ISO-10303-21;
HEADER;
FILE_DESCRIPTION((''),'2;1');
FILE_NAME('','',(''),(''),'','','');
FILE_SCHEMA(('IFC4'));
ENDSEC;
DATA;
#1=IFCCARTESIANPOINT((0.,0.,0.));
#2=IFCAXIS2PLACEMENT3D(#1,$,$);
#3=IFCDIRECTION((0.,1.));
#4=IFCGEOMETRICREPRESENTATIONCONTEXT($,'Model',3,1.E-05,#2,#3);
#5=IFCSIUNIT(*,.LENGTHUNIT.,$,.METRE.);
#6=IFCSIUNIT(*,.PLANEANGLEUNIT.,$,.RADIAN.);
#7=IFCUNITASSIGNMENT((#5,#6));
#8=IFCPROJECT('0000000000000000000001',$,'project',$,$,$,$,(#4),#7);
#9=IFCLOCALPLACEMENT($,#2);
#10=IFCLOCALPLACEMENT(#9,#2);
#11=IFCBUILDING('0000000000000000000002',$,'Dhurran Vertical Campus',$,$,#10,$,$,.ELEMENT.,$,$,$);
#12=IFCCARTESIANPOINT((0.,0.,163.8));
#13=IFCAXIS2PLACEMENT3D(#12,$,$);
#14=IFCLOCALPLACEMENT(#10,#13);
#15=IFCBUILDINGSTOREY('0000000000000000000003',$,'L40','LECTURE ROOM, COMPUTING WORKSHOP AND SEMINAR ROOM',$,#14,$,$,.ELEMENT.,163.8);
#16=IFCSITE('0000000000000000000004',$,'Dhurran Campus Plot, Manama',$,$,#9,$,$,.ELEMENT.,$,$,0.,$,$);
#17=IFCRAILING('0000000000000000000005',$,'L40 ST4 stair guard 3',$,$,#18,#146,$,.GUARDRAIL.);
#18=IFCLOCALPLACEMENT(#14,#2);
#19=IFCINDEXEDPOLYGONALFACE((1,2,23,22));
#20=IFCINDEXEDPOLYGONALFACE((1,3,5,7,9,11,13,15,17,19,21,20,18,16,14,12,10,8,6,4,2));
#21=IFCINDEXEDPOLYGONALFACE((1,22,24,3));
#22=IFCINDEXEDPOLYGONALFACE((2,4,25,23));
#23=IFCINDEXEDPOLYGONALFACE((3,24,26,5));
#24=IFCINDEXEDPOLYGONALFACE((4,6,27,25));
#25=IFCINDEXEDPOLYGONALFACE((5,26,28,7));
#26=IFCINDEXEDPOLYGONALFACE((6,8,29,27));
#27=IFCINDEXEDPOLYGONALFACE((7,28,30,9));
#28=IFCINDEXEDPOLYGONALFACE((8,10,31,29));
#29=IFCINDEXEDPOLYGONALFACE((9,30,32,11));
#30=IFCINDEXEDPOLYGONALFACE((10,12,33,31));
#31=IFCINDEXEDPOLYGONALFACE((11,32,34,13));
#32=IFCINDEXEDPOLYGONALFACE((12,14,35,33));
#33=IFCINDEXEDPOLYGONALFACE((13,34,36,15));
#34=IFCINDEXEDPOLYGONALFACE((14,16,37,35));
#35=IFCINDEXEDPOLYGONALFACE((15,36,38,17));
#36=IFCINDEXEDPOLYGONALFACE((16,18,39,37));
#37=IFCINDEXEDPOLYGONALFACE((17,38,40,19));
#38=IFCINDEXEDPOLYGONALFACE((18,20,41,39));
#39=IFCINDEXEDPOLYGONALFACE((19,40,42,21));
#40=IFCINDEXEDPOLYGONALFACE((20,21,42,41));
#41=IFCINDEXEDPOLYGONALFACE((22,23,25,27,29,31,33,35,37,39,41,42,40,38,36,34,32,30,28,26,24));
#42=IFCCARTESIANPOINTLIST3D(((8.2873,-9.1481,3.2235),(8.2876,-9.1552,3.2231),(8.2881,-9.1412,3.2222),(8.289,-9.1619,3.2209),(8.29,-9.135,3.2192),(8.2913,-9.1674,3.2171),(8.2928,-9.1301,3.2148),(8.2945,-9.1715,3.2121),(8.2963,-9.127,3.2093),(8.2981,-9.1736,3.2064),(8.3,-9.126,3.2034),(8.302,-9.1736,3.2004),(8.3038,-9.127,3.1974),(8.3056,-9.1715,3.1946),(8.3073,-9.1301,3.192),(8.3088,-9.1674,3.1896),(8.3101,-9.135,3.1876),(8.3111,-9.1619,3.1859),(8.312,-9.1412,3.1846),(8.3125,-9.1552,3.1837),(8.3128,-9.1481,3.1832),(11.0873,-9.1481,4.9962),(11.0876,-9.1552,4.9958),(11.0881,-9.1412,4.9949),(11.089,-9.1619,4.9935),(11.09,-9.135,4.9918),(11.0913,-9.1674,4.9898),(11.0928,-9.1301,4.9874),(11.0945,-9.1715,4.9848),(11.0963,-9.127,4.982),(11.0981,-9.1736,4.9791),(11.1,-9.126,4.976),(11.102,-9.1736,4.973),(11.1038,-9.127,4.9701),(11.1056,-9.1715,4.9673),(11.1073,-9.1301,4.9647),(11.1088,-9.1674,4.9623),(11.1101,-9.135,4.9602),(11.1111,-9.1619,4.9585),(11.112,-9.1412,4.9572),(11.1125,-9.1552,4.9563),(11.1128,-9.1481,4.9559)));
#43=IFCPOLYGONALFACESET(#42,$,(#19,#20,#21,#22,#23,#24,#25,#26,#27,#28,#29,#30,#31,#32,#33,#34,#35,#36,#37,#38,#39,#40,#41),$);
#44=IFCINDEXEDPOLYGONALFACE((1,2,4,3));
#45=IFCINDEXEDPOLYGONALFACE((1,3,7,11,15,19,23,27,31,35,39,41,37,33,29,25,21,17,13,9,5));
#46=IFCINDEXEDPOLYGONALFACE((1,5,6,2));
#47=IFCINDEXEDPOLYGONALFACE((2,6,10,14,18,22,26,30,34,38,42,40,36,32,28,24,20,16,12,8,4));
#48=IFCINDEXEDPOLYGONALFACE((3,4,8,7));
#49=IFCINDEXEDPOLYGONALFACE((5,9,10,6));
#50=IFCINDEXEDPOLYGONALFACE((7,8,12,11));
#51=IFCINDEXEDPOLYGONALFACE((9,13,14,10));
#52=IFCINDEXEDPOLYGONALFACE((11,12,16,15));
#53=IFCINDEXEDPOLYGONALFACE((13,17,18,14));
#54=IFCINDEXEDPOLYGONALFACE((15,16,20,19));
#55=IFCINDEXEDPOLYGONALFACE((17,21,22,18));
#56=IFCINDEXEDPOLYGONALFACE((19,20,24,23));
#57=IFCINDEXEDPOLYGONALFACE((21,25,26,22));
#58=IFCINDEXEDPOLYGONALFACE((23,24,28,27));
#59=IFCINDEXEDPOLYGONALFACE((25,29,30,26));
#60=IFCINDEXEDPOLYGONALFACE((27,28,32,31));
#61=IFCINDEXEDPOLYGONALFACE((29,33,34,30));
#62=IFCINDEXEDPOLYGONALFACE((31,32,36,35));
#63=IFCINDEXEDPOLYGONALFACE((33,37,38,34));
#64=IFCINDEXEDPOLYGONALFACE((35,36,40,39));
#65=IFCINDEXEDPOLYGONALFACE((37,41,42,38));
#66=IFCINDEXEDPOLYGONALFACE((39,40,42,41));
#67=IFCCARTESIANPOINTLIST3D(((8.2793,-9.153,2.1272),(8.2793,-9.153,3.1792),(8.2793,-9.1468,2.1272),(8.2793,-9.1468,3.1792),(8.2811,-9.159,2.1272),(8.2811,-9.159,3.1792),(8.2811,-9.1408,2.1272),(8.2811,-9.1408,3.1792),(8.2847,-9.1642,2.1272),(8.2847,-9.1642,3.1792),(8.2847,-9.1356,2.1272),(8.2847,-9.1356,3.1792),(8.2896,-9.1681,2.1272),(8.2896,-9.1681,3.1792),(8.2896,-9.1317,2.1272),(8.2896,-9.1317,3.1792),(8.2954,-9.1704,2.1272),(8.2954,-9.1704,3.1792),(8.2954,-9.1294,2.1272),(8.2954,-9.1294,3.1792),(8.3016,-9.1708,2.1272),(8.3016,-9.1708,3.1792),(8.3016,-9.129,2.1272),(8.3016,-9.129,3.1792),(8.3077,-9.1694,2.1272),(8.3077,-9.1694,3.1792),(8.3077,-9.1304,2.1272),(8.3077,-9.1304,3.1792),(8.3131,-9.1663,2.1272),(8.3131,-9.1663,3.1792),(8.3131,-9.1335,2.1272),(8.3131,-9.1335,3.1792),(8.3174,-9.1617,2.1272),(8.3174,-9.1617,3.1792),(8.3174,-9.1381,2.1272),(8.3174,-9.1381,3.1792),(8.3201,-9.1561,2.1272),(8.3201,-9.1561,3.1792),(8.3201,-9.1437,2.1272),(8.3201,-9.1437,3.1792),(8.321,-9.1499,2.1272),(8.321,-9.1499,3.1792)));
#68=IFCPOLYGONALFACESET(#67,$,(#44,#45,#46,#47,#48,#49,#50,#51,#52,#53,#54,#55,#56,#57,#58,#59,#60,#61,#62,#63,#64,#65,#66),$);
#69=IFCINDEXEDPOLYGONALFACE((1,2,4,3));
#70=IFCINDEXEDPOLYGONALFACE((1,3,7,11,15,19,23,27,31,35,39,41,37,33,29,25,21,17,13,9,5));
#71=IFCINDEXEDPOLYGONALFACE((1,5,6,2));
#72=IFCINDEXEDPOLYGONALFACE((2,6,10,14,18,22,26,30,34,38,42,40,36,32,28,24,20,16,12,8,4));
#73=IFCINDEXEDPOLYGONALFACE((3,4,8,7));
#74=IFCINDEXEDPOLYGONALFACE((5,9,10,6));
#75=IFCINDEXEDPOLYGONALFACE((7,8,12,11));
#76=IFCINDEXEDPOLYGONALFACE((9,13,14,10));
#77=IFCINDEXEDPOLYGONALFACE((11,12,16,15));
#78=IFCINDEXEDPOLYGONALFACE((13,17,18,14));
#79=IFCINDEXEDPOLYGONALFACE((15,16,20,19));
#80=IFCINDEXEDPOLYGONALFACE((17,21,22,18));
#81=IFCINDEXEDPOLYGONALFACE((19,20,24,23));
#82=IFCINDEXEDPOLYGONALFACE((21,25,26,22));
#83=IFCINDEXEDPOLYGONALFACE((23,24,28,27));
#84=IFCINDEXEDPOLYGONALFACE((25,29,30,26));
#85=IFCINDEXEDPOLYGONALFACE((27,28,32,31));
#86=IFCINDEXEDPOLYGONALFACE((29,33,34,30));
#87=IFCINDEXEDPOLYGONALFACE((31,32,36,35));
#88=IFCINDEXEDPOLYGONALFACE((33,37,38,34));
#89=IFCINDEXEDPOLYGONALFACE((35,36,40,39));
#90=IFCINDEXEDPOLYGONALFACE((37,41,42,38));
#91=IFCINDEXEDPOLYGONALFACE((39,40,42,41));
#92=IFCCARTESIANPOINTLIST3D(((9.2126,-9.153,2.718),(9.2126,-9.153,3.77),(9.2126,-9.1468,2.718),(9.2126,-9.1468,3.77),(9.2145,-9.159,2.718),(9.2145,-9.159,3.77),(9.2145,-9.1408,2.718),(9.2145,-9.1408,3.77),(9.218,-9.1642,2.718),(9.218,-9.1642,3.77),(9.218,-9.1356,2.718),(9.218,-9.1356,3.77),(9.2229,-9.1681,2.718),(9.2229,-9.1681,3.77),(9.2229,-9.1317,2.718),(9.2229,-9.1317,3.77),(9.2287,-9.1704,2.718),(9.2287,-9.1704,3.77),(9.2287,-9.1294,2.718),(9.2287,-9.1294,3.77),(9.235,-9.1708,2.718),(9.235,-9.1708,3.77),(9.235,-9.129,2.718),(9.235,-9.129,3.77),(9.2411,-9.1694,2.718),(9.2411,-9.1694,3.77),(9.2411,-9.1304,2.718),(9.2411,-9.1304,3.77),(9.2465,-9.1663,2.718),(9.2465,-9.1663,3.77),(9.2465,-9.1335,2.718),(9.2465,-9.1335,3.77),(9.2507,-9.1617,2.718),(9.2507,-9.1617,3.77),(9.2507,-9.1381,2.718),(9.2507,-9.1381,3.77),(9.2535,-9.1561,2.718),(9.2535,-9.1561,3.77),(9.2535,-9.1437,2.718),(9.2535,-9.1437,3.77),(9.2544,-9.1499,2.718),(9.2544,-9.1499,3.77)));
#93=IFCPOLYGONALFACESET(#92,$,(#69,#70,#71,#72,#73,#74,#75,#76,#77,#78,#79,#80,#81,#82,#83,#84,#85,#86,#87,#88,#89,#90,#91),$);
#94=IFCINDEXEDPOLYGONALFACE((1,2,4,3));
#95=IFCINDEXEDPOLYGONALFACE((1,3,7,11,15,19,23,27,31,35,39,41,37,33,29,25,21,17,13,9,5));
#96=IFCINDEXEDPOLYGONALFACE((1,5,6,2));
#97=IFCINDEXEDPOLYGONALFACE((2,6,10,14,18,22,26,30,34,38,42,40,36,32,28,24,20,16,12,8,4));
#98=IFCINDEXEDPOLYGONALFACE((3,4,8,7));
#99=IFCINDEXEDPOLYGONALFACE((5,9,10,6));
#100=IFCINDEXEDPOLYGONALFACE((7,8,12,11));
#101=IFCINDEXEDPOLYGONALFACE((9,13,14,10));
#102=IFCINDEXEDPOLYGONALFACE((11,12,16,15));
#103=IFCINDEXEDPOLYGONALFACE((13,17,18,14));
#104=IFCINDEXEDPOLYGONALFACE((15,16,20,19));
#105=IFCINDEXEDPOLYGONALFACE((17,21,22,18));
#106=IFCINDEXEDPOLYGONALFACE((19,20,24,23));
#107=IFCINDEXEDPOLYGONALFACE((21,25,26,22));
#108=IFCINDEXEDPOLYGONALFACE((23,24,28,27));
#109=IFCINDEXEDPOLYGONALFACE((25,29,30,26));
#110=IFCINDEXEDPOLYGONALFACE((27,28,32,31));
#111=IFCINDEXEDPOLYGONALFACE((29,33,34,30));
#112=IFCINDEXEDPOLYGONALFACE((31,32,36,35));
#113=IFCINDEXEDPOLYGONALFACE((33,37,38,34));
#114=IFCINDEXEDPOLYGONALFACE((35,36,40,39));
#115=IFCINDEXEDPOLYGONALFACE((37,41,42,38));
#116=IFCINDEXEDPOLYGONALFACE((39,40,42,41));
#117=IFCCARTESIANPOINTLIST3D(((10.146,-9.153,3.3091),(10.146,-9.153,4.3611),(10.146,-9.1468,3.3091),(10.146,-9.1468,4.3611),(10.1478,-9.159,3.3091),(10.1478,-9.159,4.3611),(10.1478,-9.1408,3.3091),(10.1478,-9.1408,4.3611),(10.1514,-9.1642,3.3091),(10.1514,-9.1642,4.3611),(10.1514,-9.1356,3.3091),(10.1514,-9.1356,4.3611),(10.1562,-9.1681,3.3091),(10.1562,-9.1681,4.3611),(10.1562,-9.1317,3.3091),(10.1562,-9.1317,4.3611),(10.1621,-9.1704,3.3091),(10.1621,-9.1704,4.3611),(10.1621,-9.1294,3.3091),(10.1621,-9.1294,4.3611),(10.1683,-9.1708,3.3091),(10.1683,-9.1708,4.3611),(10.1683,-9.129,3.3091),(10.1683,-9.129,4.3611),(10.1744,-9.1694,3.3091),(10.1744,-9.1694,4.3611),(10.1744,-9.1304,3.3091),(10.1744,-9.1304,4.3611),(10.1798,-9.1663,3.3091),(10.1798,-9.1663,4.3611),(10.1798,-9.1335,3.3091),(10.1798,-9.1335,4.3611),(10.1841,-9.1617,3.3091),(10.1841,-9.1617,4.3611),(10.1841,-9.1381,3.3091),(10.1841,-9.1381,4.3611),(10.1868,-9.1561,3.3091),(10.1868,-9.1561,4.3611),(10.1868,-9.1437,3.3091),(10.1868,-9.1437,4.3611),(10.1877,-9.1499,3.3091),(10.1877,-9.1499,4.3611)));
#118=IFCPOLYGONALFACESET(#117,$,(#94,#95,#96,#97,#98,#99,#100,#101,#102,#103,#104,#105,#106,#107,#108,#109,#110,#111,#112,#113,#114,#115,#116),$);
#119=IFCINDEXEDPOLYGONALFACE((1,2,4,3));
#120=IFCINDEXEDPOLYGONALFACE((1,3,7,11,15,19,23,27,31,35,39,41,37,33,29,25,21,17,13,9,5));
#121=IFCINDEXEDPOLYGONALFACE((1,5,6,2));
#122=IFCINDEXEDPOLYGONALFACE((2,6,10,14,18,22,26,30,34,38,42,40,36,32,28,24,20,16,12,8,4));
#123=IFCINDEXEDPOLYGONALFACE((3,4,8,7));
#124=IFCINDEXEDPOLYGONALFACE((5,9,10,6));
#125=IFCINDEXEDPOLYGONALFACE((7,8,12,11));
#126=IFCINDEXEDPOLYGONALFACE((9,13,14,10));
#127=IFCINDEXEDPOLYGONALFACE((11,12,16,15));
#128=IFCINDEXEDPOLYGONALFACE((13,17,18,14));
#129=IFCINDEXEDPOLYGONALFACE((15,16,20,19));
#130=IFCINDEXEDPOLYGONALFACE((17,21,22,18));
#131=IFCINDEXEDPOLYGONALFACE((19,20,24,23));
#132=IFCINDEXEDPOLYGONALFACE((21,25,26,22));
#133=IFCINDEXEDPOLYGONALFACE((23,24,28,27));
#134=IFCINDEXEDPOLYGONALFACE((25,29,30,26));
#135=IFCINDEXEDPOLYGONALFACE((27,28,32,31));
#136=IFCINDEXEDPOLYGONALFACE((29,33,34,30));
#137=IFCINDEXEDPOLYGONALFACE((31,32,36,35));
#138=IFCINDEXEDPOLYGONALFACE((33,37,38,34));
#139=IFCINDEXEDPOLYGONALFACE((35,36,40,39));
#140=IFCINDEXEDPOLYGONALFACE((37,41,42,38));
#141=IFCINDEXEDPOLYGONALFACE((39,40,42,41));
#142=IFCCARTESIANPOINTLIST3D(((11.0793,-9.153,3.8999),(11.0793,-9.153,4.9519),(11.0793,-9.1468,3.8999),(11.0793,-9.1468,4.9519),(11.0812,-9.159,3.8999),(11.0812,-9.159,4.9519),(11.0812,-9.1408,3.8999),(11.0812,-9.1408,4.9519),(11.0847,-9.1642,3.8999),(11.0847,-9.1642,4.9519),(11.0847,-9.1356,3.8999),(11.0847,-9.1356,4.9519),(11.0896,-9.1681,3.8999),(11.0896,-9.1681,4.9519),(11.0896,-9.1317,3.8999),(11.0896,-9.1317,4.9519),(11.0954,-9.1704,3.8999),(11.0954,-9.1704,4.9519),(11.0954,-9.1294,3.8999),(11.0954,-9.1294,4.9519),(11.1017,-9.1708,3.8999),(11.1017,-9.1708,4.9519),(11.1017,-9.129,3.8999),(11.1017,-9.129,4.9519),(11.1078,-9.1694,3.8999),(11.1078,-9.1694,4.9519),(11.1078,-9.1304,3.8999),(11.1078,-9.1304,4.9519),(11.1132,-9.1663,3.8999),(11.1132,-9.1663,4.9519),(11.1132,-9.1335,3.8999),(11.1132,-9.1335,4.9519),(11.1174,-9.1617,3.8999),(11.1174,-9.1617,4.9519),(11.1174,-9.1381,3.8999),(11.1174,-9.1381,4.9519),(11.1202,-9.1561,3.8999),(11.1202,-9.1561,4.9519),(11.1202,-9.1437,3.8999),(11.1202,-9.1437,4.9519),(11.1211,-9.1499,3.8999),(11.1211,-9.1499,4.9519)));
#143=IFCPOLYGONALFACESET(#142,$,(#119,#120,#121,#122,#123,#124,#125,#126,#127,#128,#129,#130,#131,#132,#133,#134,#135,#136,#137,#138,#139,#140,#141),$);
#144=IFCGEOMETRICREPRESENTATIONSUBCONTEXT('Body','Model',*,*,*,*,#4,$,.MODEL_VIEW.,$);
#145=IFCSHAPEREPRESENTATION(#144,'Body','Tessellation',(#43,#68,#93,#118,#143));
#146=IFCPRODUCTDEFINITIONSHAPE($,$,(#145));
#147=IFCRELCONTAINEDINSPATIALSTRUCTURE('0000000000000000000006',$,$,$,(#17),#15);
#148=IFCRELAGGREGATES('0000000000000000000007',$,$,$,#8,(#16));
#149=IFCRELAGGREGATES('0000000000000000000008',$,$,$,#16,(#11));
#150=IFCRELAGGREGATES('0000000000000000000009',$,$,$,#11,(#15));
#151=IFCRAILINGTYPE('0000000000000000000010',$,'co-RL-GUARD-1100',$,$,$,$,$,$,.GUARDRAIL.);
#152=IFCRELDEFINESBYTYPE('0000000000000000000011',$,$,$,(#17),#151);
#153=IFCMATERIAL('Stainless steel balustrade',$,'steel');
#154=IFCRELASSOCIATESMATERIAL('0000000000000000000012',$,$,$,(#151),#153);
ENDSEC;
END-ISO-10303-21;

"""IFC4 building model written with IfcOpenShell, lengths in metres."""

from ifc_helpers import new_model, si_unit, direction, frame, origin, origin_2d, place, context, subcontext, project, spatial, circle, extrude, material, type_object, element, save


model = new_model("IFC4")

# Units and contexts
model_context = context("Model", 3, precision=1e-05, world=origin(), true_north=direction((0.0, 1.0)))
body_context = subcontext(model_context, "Body", "Model", "MODEL_VIEW")
ifc_project = project(units=[si_unit("LENGTHUNIT", "METRE"), si_unit("PLANEANGLEUNIT", "RADIAN")], contexts=[model_context])

# Site, building, storey
site_placement = place(None, origin())
site = spatial("IfcSite", under=ifc_project, at=site_placement, Name="Dhurran Campus Plot, Manama", CompositionType="ELEMENT", RefElevation=0.0)
building_placement = place(site_placement, origin())
building = spatial("IfcBuilding", under=site, at=building_placement, Name="Dhurran Vertical Campus", CompositionType="ELEMENT")
storey_placement = place(building_placement, frame((0.0, 0.0, 163.8)))
storey = spatial("IfcBuildingStorey", under=building, at=storey_placement, Name="L40", Description="LECTURE ROOM, COMPUTING WORKSHOP AND SEMINAR ROOM", CompositionType="ELEMENT", Elevation=163.8)

# Railing
ifc_material_1 = material(Name="Stainless steel balustrade", Category="steel")
railing_type_1 = type_object("IfcRailingType", Name="co-RL-GUARD-1100", PredefinedType="GUARDRAIL", material=ifc_material_1)
railing_1_placement = place(storey_placement, frame((8.3, -9.1499, 2.1272)))
element("IfcRailing", 1, at=railing_1_placement, inside=storey, type_object=railing_type_1, Name="L40 ST4 stair guard 3", PredefinedType="GUARDRAIL", context=body_context, shape_type="SweptSolid", body=[
    extrude(circle(Radius=0.0239, at=origin_2d()), frame((0.0, 0.0, 1.0762), z_axis=(0.844909, 0.0, 0.53491), x_axis=(0.0, 1.0, 0.0)), (0.0, 0.0, 1.0), 3.314),
    extrude(circle(Radius=0.021, at=origin_2d()), origin(), (0.0, 0.0, 1.0), 1.052),
    extrude(circle(Radius=0.021, at=origin_2d()), frame((0.9333, 0.0, 0.5908)), (0.0, 0.0, 1.0), 1.052),
    extrude(circle(Radius=0.021, at=origin_2d()), frame((1.8667, 0.0, 1.1819)), (0.0, 0.0, 1.0), 1.052),
    extrude(circle(Radius=0.021, at=origin_2d()), frame((2.8, 0.0, 1.7727)), (0.0, 0.0, 1.0), 1.052),
])

save(model, "model.ifc")
